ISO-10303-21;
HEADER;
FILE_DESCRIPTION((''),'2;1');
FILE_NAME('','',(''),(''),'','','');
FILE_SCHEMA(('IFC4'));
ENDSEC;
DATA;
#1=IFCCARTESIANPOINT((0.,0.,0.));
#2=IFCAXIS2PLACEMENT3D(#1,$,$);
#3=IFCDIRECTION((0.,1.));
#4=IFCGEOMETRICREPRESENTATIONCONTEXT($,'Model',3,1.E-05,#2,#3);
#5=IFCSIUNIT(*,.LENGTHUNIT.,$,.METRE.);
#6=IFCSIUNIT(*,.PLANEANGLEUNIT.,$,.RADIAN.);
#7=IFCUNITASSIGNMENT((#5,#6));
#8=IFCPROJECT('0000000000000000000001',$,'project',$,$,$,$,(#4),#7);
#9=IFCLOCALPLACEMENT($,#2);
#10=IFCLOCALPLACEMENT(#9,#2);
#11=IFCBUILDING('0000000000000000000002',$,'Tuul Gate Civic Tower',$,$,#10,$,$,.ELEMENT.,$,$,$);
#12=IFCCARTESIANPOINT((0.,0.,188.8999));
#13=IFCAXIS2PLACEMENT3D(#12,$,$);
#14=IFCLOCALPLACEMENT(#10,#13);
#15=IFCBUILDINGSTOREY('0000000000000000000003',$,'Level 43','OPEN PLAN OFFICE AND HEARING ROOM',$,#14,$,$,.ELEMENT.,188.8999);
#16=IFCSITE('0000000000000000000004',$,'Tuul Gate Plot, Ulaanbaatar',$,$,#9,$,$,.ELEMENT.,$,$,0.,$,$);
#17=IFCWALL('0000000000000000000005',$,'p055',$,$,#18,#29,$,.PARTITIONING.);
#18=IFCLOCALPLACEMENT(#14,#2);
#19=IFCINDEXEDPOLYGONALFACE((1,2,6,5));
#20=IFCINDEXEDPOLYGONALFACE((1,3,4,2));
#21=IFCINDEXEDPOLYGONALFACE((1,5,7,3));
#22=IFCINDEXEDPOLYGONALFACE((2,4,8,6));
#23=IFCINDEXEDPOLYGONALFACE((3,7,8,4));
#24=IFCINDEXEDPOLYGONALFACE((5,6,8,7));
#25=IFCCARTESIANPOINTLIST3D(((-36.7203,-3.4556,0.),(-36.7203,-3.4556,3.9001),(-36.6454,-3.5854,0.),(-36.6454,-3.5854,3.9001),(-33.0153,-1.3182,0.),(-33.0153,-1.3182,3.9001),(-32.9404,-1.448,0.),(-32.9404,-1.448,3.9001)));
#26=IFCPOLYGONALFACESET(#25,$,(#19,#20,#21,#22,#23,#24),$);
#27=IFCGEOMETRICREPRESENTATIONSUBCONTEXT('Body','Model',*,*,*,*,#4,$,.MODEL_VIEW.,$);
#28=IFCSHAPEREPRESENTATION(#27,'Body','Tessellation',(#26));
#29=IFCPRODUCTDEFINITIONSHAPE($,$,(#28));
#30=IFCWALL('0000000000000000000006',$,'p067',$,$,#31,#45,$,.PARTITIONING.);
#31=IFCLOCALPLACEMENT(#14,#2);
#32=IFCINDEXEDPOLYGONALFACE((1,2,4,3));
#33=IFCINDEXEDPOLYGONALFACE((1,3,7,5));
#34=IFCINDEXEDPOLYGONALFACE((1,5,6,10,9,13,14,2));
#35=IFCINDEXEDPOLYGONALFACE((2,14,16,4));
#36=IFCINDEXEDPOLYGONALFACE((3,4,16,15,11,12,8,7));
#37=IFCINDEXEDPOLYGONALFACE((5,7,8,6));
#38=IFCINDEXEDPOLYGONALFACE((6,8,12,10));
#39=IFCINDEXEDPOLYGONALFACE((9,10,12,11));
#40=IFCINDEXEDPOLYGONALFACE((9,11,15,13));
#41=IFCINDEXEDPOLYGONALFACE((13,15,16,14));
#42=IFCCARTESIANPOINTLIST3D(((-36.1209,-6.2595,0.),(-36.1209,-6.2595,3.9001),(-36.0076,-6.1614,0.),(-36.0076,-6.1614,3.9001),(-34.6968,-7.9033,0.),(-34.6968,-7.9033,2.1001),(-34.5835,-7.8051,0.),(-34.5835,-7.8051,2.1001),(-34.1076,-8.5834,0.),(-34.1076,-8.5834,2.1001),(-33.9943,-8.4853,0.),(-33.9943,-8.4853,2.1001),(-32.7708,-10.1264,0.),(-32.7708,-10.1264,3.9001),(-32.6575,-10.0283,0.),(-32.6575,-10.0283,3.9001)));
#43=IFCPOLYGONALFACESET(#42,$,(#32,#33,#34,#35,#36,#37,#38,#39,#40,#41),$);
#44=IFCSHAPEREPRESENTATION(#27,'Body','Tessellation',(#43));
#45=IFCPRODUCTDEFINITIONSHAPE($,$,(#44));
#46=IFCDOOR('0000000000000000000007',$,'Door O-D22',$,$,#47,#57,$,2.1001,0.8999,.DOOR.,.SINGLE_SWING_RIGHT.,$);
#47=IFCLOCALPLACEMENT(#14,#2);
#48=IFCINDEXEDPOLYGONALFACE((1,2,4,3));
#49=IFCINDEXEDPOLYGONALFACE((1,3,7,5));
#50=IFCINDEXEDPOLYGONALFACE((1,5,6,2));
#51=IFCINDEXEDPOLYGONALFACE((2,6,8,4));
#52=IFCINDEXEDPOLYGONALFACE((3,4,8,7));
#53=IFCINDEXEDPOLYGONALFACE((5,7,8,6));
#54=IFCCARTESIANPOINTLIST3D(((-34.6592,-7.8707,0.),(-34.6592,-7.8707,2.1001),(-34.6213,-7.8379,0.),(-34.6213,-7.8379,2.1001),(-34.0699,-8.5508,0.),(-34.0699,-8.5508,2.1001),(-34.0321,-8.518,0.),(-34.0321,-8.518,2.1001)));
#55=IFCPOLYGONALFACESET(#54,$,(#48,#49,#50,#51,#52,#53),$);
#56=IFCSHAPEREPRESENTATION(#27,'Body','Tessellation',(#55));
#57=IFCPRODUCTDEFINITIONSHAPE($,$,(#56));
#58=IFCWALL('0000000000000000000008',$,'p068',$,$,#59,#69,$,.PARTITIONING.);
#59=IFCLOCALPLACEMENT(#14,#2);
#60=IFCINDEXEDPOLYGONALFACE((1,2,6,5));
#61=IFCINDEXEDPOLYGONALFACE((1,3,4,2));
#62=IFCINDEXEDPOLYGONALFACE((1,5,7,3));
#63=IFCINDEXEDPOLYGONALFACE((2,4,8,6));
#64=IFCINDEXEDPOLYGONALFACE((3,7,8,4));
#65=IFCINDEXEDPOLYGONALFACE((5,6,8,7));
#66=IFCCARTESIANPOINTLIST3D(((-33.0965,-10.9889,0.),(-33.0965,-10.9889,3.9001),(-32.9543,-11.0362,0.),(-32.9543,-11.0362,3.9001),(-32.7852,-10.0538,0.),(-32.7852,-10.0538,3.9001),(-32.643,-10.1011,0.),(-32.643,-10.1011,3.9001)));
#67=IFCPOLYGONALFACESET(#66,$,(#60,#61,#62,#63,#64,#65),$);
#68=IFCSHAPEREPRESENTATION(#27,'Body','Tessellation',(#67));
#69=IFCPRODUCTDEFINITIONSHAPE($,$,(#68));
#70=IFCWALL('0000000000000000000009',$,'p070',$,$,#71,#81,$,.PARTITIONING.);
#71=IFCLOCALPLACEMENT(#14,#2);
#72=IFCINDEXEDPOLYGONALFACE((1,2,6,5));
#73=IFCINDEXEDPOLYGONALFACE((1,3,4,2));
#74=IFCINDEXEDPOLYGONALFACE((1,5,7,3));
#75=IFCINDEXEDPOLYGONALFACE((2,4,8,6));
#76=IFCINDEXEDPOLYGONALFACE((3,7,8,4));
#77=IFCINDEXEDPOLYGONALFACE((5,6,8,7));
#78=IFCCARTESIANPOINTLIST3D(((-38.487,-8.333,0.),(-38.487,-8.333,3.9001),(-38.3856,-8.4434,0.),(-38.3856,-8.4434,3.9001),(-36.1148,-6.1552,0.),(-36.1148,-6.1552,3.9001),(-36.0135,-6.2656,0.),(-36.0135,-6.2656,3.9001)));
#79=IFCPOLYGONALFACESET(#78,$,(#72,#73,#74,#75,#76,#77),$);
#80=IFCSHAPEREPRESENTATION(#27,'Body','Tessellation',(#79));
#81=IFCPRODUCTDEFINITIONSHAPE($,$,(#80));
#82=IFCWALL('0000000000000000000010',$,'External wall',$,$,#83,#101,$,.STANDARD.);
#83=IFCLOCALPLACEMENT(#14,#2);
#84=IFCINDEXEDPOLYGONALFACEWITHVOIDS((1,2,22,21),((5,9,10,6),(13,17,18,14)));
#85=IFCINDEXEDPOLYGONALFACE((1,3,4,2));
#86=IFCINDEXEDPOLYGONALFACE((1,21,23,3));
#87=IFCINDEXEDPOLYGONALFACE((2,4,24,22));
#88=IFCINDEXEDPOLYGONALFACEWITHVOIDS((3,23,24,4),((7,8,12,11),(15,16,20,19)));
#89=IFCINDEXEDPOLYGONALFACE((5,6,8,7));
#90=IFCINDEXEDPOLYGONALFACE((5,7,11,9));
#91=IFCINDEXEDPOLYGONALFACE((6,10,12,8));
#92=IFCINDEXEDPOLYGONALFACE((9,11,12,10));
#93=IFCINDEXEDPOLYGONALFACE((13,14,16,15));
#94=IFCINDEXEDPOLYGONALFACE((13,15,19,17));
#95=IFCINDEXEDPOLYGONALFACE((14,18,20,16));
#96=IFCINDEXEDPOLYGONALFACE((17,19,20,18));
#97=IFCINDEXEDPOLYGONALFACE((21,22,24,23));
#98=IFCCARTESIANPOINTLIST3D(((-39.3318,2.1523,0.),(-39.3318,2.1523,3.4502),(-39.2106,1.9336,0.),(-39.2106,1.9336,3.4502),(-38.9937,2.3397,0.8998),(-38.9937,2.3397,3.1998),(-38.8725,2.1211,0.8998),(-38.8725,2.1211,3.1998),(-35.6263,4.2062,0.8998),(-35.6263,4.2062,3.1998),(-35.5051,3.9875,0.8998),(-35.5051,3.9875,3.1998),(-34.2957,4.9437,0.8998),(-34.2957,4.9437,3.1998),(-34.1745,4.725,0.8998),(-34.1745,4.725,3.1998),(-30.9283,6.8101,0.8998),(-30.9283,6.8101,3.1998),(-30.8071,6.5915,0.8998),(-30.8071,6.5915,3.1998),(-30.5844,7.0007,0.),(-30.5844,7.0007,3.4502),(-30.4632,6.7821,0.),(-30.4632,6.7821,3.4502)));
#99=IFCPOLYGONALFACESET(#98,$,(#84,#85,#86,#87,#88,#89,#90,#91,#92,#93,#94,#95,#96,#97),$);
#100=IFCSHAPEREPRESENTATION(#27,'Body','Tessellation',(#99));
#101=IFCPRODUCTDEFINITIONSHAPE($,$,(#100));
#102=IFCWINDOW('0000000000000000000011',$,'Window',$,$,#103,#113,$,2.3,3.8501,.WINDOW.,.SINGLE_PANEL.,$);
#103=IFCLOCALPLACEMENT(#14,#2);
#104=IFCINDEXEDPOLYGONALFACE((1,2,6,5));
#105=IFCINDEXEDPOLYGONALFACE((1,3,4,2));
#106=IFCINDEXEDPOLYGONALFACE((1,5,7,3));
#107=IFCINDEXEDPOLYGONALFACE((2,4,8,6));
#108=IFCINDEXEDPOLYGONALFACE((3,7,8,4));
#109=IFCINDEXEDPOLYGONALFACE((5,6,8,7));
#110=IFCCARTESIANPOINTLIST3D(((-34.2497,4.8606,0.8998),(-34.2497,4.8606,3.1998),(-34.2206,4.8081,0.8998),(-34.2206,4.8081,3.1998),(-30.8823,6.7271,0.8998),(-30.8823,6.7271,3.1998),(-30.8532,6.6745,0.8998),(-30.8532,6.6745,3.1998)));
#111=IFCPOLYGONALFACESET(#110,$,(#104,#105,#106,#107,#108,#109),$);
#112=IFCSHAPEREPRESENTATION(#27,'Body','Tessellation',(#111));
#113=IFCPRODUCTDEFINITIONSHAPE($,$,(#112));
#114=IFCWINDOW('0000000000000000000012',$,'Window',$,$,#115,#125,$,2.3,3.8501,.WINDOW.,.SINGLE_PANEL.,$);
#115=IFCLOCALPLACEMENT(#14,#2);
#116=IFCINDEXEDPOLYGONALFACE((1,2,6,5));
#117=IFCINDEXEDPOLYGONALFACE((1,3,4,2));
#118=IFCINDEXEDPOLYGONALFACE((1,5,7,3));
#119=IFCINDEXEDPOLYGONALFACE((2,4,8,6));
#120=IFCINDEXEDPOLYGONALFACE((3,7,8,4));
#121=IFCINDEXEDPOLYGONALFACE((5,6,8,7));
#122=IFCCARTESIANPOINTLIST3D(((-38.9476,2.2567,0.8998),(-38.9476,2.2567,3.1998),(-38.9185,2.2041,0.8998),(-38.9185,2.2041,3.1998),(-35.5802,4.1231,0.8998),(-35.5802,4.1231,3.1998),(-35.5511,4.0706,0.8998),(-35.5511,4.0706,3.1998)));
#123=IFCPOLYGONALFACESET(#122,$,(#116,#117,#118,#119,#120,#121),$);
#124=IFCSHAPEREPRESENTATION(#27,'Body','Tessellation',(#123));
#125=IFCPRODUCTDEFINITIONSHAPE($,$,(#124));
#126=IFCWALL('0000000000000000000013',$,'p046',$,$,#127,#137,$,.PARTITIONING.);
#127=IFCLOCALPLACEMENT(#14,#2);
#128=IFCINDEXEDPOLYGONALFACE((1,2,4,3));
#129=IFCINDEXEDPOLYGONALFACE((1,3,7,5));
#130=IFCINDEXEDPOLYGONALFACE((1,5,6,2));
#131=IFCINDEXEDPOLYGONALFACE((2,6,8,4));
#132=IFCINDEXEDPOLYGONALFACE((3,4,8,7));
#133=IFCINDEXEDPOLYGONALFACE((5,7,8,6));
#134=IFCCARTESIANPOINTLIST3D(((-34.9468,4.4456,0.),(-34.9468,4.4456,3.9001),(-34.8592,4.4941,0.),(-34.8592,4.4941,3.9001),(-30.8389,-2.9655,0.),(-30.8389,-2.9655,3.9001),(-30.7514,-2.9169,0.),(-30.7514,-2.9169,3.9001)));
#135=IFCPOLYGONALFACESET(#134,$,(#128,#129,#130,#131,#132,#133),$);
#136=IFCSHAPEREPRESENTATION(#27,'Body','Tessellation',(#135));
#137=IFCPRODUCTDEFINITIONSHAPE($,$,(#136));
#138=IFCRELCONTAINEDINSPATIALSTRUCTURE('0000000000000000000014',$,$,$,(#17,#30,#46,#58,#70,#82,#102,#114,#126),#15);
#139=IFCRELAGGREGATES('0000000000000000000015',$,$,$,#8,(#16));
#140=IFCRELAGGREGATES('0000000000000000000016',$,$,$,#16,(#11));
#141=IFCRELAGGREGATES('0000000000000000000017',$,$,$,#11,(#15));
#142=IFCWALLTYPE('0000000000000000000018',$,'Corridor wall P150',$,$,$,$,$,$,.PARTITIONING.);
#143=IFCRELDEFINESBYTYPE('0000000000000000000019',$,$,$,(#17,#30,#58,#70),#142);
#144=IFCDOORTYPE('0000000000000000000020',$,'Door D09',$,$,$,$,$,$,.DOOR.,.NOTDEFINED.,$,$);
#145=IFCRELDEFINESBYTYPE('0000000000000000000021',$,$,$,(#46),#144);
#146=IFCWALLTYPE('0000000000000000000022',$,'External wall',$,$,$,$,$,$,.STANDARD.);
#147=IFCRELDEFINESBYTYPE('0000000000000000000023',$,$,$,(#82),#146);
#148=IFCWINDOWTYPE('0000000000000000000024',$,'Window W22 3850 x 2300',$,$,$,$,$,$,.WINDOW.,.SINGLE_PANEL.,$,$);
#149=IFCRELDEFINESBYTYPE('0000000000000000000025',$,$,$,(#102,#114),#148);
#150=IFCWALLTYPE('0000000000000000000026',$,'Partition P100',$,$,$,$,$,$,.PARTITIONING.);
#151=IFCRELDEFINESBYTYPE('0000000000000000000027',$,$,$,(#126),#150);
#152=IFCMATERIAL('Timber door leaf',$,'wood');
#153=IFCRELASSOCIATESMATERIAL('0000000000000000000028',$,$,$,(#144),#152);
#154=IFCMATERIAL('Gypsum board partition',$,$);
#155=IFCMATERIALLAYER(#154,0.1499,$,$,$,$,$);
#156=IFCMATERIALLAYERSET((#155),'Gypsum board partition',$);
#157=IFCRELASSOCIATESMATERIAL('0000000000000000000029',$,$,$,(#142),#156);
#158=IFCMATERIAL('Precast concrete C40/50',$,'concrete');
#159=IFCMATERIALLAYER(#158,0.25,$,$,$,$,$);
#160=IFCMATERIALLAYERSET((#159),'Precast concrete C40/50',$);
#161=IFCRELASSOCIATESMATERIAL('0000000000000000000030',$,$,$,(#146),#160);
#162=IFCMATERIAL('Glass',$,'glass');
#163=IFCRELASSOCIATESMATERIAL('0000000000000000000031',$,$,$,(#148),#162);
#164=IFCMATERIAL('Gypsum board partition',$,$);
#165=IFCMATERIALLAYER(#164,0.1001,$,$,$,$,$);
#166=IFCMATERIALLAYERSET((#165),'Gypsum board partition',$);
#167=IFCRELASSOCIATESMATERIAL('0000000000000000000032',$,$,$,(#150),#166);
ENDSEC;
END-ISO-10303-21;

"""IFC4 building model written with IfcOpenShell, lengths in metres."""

from ifc_helpers import new_model, si_unit, direction, frame, frame_2d, origin, place, context, subcontext, project, spatial, rectangle, extrude, material, layer, layer_set, type_object, element, fill, save


model = new_model("IFC4")

# Units and contexts
model_context = context("Model", 3, precision=1e-05, world=origin(), true_north=direction((0.0, 1.0)))
body_context = subcontext(model_context, "Body", "Model", "MODEL_VIEW")
ifc_project = project(units=[si_unit("LENGTHUNIT", "METRE"), si_unit("PLANEANGLEUNIT", "RADIAN")], contexts=[model_context])

# Site, building, storey
site_placement = place(None, origin())
site = spatial("IfcSite", under=ifc_project, at=site_placement, Name="Tuul Gate Plot, Ulaanbaatar", CompositionType="ELEMENT", RefElevation=0.0)
building_placement = place(site_placement, origin())
building = spatial("IfcBuilding", under=site, at=building_placement, Name="Tuul Gate Civic Tower", CompositionType="ELEMENT")
storey_placement = place(building_placement, frame((0.0, 0.0, 188.8999)))
storey = spatial("IfcBuildingStorey", under=building, at=storey_placement, Name="Level 43", Description="OPEN PLAN OFFICE AND HEARING ROOM", CompositionType="ELEMENT", Elevation=188.8999)

# Shared definitions
ifc_material_1 = material(Name="Timber door leaf", Category="wood")
door_type_1 = type_object("IfcDoorType", Name="Door D09", OperationType="NOTDEFINED", PredefinedType="DOOR", material=ifc_material_1)

# Wall
ifc_material_2 = material(Name="Gypsum board partition")
ifc_layer_1 = layer(ifc_material_2, 0.1499)
ifc_layer_set_1 = layer_set([ifc_layer_1], Name="Gypsum board partition")
wall_type_1 = type_object("IfcWallType", Name="Corridor wall P150", PredefinedType="PARTITIONING", material=ifc_layer_set_1)
wall_1_placement = place(storey_placement, frame((-36.6829, -3.5205, 0.0), z_axis=(0.0, 0.0, 1.0), x_axis=(0.866195, 0.499706, 0.0)))
element("IfcWall", 1, at=wall_1_placement, inside=storey, type_object=wall_type_1, Name="p055", PredefinedType="PARTITIONING", context=body_context, shape_type="SweptSolid", body=[
    extrude(rectangle(XDim=4.2773, YDim=0.1499, at=frame_2d((2.1387, 0.0))), origin(), (0.0, 0.0, 1.0), 3.9001),
])

# Wall, opening, door
wall_2_placement = place(storey_placement, frame((-36.0642, -6.2104, 0.0), z_axis=(0.0, 0.0, 1.0), x_axis=(0.654791, -0.75581, 0.0)))
wall_2 = element("IfcWall", 2, at=wall_2_placement, inside=storey, type_object=wall_type_1, Name="p067", PredefinedType="PARTITIONING", context=body_context, shape_type="SweptSolid", body=[
    extrude(rectangle(XDim=5.1162, YDim=0.1499, at=frame_2d((2.5581, 0.0))), origin(), (0.0, 0.0, 1.0), 3.9001),
])
opening_1_placement = place(wall_2_placement, frame((2.1748, 0.0, 0.0)))
opening_1 = element("IfcOpeningElement", 3, at=opening_1_placement, cuts=wall_2, PredefinedType="OPENING", context=body_context, shape_type="SweptSolid", body=[
    extrude(rectangle(XDim=0.8999, YDim=2.1001, at=frame_2d((0.45, 1.05))), frame((0.0, 0.085, 0.0), z_axis=(0.0, -1.0, 0.0), x_axis=(1.0, 0.0, 0.0)), (0.0, 0.0, 1.0), 0.1699),
])
door_1_placement = place(opening_1_placement, origin())
door_1 = element("IfcDoor", 4, at=door_1_placement, inside=storey, type_object=door_type_1, Name="Door O-D22", OperationType="SINGLE_SWING_RIGHT", OverallHeight=2.1001, OverallWidth=0.8999, PredefinedType="DOOR", context=body_context, shape_type="SweptSolid", body=[
    extrude(rectangle(XDim=0.8999, YDim=2.1001, at=frame_2d((0.45, 1.05))), frame((0.0, 0.0249, 0.0), z_axis=(0.0, -1.0, 0.0), x_axis=(1.0, 0.0, 0.0)), (0.0, 0.0, 1.0), 0.05),
])
fill(opening_1, door_1)

# Walls
wall_3_placement = place(storey_placement, frame((-33.0254, -11.0125, 0.0), z_axis=(0.0, 0.0, 1.0), x_axis=(0.315856, 0.948807, 0.0)))
element("IfcWall", 5, at=wall_3_placement, inside=storey, type_object=wall_type_1, Name="p068", PredefinedType="PARTITIONING", context=body_context, shape_type="SweptSolid", body=[
    extrude(rectangle(XDim=0.9856, YDim=0.1499, at=frame_2d((0.4927, 0.0))), origin(), (0.0, 0.0, 1.0), 3.9001),
])
wall_4_placement = place(storey_placement, frame((-38.4363, -8.3882, 0.0), z_axis=(0.0, 0.0, 1.0), x_axis=(0.736638, 0.676287, 0.0)))
element("IfcWall", 6, at=wall_4_placement, inside=storey, type_object=wall_type_1, Name="p070", PredefinedType="PARTITIONING", context=body_context, shape_type="SweptSolid", body=[
    extrude(rectangle(XDim=3.2202, YDim=0.1499, at=frame_2d((1.6101, 0.0))), origin(), (0.0, 0.0, 1.0), 3.9001),
])

# Wall, openings, windows
ifc_material_3 = material(Name="Precast concrete C40/50", Category="concrete")
ifc_layer_2 = layer(ifc_material_3, 0.25)
ifc_layer_set_2 = layer_set([ifc_layer_2], Name="Precast concrete C40/50")
wall_type_2 = type_object("IfcWallType", Name="External wall", PredefinedType="STANDARD", material=ifc_layer_set_2)
wall_5_placement = place(storey_placement, frame((-30.5239, 6.8914, 0.0), z_axis=(0.0, 0.0, 1.0), x_axis=(-0.874634, -0.484785, 0.0)))
wall_5 = element("IfcWall", 7, at=wall_5_placement, inside=storey, type_object=wall_type_2, Name="External wall", PredefinedType="STANDARD", context=body_context, shape_type="SweptSolid", body=[
    extrude(rectangle(XDim=10.0012, YDim=0.25, at=frame_2d((5.0005, 0.0))), origin(), (0.0, 0.0, 1.0), 3.4502),
])
opening_2_placement = place(wall_5_placement, frame((0.3931, 0.0, 0.8999)))
opening_2 = element("IfcOpeningElement", 8, at=opening_2_placement, cuts=wall_5, PredefinedType="OPENING", context=body_context, shape_type="SweptSolid", body=[
    extrude(rectangle(XDim=3.8501, YDim=2.3, at=frame_2d((1.925, 1.1499))), frame((0.0, 0.135, 0.0), z_axis=(0.0, -1.0, 0.0), x_axis=(1.0, 0.0, 0.0)), (0.0, 0.0, 1.0), 0.27),
])
opening_3_placement = place(wall_5_placement, frame((5.7644, 0.0, 0.8999)))
opening_3 = element("IfcOpeningElement", 9, at=opening_3_placement, cuts=wall_5, PredefinedType="OPENING", context=body_context, shape_type="SweptSolid", body=[
    extrude(rectangle(XDim=3.8501, YDim=2.3, at=frame_2d((1.925, 1.1499))), frame((0.0, 0.135, 0.0), z_axis=(0.0, -1.0, 0.0), x_axis=(1.0, 0.0, 0.0)), (0.0, 0.0, 1.0), 0.27),
])
ifc_material_4 = material(Name="Glass", Category="glass")
window_type = type_object("IfcWindowType", Name="Window W22 3850 x 2300", PartitioningType="SINGLE_PANEL", PredefinedType="WINDOW", material=ifc_material_4)
window_1_placement = place(opening_2_placement, origin())
window_1 = element("IfcWindow", 10, at=window_1_placement, inside=storey, type_object=window_type, Name="Window", OverallHeight=2.3, OverallWidth=3.8501, PartitioningType="SINGLE_PANEL", PredefinedType="WINDOW", context=body_context, shape_type="SweptSolid", body=[
    extrude(rectangle(XDim=3.8501, YDim=2.3, at=frame_2d((1.925, 1.1499))), frame((0.0, 0.03, 0.0), z_axis=(0.0, -1.0, 0.0), x_axis=(1.0, 0.0, 0.0)), (0.0, 0.0, 1.0), 0.0601),
])
fill(opening_2, window_1)
window_2_placement = place(opening_3_placement, origin())
window_2 = element("IfcWindow", 11, at=window_2_placement, inside=storey, type_object=window_type, Name="Window", OverallHeight=2.3, OverallWidth=3.8501, PartitioningType="SINGLE_PANEL", PredefinedType="WINDOW", context=body_context, shape_type="SweptSolid", body=[
    extrude(rectangle(XDim=3.8501, YDim=2.3, at=frame_2d((1.925, 1.1499))), frame((0.0, 0.03, 0.0), z_axis=(0.0, -1.0, 0.0), x_axis=(1.0, 0.0, 0.0)), (0.0, 0.0, 1.0), 0.0601),
])
fill(opening_3, window_2)

# Wall
ifc_material_5 = material(Name="Gypsum board partition")
ifc_layer_3 = layer(ifc_material_5, 0.1001)
ifc_layer_set_3 = layer_set([ifc_layer_3], Name="Gypsum board partition")
wall_type_3 = type_object("IfcWallType", Name="Partition P100", PredefinedType="PARTITIONING", material=ifc_layer_set_3)
wall_6_placement = place(storey_placement, frame((-34.9031, 4.47, 0.0), z_axis=(0.0, 0.0, 1.0), x_axis=(0.484796, -0.874627, 0.0)))
element("IfcWall", 12, at=wall_6_placement, inside=storey, type_object=wall_type_3, Name="p046", PredefinedType="PARTITIONING", context=body_context, shape_type="SweptSolid", body=[
    extrude(rectangle(XDim=8.4734, YDim=0.1001, at=frame_2d((4.2368, 0.0))), origin(), (0.0, 0.0, 1.0), 3.9001),
])

save(model, "model.ifc")
